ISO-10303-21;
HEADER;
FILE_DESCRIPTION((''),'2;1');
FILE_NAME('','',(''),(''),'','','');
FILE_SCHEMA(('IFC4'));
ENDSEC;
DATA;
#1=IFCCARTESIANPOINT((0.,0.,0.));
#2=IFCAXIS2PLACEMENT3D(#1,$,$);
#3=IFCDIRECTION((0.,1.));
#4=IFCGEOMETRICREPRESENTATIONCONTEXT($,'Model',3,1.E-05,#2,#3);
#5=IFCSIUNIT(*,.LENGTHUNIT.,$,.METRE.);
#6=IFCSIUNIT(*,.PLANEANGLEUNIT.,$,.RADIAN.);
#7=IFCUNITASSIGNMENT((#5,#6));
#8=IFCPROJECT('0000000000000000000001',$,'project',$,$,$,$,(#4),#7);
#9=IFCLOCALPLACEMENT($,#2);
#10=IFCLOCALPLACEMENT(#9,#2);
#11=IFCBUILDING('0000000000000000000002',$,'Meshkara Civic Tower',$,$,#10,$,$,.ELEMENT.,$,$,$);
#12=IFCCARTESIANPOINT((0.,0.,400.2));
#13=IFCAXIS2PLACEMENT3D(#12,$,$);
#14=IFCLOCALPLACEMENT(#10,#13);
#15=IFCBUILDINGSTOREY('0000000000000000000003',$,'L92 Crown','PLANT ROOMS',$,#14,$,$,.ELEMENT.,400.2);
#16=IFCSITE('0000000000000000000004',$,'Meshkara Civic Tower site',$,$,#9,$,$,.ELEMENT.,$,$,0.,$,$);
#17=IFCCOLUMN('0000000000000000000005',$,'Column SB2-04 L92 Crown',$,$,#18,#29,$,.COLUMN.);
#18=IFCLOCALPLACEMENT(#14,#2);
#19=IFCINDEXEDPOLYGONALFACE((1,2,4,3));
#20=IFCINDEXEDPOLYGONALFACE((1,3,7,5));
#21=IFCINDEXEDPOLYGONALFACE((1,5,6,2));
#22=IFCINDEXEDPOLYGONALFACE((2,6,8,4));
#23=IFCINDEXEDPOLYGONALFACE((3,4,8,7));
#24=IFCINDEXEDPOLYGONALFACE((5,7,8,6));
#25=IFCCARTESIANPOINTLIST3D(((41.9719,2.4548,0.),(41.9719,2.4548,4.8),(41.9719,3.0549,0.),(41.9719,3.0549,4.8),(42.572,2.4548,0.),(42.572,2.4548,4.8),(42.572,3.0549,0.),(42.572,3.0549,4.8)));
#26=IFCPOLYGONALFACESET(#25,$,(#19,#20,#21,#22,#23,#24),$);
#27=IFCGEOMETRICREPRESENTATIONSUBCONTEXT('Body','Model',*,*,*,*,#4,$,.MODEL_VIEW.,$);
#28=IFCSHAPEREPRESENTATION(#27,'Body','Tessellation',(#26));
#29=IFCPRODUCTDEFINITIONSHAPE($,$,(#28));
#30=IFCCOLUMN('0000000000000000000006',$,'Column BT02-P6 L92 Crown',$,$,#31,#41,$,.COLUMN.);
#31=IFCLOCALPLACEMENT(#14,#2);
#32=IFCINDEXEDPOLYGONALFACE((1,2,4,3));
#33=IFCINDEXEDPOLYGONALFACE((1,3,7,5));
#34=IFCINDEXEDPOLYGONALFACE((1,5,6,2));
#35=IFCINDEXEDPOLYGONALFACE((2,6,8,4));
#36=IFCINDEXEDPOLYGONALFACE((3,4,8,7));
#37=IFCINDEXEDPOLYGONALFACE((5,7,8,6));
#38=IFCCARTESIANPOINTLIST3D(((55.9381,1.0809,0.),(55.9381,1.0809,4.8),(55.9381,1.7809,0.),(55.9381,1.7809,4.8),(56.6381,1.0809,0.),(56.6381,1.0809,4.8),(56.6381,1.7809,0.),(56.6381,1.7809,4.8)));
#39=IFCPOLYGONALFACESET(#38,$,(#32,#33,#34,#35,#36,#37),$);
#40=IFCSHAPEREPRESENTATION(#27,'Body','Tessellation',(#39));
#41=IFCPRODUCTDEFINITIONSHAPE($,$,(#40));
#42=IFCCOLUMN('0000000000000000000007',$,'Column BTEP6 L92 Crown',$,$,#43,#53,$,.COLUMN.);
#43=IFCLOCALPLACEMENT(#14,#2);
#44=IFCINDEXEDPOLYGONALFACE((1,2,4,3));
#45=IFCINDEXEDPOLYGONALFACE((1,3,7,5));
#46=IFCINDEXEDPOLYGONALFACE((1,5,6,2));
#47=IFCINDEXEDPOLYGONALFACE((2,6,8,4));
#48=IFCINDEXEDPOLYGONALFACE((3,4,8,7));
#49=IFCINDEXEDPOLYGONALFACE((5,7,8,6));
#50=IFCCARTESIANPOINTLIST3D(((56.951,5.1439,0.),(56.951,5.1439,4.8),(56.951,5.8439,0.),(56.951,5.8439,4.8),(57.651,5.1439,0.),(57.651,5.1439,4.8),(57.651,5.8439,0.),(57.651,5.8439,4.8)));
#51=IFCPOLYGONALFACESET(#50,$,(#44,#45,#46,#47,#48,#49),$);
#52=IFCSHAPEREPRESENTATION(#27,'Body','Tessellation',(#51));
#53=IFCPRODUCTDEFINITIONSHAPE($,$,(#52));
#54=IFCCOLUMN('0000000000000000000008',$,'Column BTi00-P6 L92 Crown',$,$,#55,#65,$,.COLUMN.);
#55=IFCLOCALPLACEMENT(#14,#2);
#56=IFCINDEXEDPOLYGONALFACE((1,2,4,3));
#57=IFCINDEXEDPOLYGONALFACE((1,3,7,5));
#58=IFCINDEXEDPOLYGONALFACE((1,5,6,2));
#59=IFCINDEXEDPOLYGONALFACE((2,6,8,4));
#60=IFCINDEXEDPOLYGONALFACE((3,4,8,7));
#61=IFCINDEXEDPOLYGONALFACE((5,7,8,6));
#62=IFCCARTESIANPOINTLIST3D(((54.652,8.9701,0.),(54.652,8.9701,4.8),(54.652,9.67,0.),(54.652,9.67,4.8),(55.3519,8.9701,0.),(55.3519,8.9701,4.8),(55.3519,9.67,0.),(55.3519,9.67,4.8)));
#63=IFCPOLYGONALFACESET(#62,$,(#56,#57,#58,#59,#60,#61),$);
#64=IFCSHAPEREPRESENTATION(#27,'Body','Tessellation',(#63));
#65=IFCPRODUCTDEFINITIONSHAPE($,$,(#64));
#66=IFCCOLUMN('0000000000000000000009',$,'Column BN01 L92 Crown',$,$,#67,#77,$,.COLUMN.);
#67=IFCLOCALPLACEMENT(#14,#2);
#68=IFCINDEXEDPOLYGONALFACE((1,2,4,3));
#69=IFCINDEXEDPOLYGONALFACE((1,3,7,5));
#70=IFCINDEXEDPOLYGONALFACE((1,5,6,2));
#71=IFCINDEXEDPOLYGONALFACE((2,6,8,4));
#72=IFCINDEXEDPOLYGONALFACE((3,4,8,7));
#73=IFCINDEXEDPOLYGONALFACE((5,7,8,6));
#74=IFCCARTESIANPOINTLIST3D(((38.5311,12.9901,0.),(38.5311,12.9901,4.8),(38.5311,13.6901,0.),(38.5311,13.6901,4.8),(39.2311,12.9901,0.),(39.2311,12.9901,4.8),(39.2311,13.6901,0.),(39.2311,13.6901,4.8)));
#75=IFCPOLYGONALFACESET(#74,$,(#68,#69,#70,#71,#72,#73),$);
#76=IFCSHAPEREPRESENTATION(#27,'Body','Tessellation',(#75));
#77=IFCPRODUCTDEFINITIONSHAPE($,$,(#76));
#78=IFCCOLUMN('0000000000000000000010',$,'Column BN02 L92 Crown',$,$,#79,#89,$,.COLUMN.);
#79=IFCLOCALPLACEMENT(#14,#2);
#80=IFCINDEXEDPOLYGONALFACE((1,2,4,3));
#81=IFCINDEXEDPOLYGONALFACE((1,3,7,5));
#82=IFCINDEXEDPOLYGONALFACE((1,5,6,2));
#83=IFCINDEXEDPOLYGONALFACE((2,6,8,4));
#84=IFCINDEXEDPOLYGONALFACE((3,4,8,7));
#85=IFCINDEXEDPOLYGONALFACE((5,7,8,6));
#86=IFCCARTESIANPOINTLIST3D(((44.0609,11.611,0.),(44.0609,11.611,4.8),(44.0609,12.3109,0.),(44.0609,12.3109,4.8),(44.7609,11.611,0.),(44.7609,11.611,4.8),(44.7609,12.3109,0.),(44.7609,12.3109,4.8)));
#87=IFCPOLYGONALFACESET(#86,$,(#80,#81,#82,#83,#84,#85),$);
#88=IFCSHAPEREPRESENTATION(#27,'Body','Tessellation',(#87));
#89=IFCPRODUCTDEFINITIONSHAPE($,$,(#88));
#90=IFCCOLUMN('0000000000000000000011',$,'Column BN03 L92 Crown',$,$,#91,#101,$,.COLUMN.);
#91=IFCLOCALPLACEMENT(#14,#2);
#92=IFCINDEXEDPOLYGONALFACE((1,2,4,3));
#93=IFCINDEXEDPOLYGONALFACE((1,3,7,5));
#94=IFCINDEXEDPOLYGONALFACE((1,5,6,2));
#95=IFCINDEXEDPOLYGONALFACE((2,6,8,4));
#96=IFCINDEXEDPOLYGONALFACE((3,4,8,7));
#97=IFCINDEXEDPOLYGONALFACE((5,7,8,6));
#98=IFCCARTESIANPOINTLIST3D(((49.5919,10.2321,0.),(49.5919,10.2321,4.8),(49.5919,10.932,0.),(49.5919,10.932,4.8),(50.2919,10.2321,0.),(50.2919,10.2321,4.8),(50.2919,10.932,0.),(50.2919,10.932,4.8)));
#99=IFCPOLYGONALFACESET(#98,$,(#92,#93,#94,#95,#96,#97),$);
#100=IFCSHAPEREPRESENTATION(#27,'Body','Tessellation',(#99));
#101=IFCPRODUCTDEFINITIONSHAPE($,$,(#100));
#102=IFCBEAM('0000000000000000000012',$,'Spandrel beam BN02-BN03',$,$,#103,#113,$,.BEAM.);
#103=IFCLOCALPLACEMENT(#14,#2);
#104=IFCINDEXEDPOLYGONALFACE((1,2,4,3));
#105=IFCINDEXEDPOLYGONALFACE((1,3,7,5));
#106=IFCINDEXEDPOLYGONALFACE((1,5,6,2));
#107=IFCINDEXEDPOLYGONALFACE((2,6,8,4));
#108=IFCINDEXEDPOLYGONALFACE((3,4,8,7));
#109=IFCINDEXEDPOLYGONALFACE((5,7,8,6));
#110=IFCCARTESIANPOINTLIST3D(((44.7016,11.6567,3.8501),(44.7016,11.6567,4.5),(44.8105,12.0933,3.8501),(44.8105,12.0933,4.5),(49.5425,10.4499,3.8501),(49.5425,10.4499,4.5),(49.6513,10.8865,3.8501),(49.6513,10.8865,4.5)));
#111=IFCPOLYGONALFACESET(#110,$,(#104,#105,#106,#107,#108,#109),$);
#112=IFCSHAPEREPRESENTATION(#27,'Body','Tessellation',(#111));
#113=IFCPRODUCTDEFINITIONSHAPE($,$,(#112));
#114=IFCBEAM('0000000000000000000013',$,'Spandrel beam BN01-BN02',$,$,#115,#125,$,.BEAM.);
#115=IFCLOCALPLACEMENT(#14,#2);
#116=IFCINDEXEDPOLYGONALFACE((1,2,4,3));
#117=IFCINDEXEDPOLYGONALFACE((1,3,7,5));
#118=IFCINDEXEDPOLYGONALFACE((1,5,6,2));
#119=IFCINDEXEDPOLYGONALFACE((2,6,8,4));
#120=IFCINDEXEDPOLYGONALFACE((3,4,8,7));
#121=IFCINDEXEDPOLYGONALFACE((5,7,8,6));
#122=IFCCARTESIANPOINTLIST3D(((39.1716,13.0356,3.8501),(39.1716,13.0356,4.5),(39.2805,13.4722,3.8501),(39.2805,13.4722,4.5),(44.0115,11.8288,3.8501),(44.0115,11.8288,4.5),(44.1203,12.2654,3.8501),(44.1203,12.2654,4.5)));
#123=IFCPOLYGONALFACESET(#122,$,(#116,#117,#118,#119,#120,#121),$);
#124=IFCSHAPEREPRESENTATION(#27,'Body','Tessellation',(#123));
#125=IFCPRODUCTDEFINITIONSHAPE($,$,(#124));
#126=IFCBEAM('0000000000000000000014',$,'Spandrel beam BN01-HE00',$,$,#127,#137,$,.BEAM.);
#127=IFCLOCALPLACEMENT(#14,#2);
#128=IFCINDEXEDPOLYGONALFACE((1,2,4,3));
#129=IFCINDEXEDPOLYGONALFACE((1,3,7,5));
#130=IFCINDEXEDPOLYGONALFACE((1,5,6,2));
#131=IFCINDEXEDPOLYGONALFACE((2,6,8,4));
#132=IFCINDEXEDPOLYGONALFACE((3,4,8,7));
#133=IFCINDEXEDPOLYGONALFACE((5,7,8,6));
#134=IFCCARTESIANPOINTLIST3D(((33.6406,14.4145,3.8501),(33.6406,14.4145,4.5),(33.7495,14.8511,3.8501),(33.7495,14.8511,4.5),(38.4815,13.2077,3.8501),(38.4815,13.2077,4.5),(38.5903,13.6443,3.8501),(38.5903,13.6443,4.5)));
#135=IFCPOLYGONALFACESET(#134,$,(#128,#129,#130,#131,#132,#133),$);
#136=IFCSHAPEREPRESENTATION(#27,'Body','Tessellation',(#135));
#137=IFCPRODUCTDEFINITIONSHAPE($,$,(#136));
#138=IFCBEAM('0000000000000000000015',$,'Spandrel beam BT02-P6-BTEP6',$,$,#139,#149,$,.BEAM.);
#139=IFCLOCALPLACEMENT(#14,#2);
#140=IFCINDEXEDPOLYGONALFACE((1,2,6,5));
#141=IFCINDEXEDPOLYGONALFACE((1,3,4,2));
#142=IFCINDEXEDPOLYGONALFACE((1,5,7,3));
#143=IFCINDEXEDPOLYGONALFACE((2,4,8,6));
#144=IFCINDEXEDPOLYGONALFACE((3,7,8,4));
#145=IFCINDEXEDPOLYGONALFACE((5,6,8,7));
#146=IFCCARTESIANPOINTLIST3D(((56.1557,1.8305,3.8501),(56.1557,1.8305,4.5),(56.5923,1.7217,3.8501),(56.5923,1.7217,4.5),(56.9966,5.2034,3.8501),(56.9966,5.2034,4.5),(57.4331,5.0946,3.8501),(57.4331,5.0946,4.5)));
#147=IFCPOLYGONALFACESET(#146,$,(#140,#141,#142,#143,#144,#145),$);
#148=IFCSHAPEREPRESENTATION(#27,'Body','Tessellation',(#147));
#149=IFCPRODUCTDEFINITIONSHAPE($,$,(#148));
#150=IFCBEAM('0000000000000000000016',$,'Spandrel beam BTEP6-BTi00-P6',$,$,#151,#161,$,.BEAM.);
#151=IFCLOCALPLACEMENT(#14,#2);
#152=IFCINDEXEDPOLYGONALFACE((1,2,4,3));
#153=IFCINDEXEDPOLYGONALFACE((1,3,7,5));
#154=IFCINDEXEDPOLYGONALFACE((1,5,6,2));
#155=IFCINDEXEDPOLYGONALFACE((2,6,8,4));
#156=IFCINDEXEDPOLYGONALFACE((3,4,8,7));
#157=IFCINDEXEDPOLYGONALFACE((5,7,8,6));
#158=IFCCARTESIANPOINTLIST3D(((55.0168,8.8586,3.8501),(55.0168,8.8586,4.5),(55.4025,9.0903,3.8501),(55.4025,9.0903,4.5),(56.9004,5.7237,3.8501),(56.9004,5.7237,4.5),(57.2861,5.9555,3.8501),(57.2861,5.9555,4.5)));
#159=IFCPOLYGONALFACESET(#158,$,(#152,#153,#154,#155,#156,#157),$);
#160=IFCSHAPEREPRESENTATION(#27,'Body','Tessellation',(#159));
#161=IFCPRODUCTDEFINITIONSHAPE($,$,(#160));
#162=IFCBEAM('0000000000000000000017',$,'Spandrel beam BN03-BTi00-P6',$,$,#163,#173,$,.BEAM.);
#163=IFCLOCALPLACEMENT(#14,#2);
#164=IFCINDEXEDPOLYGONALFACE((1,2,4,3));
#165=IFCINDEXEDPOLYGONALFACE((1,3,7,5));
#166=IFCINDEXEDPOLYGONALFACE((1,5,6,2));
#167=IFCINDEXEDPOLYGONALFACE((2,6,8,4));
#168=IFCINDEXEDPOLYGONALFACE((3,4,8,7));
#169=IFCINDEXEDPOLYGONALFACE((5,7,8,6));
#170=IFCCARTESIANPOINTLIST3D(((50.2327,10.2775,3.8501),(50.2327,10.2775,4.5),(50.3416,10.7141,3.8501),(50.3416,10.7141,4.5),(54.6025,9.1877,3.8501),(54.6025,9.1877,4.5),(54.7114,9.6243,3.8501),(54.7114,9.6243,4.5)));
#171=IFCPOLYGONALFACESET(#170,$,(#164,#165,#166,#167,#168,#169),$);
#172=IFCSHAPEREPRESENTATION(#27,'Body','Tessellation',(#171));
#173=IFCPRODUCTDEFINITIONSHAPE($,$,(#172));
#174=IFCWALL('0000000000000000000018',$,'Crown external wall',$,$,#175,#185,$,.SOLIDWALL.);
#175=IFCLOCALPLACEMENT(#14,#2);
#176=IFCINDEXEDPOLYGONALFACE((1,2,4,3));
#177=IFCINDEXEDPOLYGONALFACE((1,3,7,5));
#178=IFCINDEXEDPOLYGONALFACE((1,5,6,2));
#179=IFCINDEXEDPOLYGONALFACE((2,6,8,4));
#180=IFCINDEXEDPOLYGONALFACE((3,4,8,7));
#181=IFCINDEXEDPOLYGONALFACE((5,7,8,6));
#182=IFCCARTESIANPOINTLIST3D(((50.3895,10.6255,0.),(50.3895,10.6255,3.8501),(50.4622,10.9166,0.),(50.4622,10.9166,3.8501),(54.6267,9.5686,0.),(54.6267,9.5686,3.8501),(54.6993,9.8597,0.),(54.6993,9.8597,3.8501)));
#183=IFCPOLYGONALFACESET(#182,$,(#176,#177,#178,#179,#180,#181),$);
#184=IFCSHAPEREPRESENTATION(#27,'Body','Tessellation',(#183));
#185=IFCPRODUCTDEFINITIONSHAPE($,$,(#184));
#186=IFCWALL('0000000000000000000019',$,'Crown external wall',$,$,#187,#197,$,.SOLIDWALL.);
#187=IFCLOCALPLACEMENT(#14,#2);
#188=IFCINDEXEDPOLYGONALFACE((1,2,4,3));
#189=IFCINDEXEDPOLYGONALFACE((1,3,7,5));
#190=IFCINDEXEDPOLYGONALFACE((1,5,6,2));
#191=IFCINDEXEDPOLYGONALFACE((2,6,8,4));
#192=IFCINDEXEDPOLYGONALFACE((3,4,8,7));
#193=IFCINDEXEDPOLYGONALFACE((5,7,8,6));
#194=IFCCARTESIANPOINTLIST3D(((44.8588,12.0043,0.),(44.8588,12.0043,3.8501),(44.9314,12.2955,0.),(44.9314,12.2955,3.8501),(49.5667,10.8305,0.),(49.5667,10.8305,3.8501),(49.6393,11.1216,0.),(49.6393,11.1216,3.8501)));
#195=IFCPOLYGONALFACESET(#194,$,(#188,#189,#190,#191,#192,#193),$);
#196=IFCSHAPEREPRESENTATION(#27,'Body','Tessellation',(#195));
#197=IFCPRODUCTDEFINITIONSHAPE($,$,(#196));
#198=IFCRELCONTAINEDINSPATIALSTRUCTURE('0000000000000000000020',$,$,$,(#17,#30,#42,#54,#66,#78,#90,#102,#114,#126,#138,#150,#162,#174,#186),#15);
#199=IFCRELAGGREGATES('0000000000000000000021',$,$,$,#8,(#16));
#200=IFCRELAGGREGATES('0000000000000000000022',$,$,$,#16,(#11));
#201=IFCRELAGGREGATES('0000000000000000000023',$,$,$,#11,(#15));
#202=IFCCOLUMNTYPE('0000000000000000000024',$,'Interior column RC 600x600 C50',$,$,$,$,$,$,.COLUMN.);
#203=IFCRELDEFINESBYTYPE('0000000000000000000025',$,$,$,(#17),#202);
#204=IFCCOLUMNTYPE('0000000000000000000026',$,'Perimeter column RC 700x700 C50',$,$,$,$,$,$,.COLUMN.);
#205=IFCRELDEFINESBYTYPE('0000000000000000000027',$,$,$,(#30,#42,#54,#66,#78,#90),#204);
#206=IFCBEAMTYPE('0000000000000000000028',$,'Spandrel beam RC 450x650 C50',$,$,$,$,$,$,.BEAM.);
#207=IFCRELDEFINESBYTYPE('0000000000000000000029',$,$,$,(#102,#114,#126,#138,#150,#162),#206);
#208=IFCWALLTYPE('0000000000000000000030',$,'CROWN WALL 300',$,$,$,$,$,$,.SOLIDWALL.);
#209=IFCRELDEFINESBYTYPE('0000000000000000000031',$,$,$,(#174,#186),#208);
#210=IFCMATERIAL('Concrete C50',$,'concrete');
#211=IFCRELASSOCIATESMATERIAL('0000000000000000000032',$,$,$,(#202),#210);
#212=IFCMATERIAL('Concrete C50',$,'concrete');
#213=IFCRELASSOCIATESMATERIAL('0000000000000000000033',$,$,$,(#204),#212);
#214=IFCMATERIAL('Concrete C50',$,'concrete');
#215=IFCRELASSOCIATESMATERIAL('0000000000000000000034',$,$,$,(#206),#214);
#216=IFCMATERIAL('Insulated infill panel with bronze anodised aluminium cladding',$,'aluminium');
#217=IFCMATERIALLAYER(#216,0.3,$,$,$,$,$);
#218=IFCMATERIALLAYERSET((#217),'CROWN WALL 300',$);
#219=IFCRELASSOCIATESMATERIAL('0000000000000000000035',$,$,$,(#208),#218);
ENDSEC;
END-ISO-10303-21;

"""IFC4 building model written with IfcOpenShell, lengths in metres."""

from ifc_helpers import new_model, si_unit, direction, frame, frame_2d, origin, origin_2d, place, context, subcontext, project, spatial, rectangle, extrude, material, layer, layer_set, material_profile, profile_set, type_object, element, save


model = new_model("IFC4")

# Units and contexts
model_context = context("Model", 3, precision=1e-05, world=origin(), true_north=direction((0.0, 1.0)))
body_context = subcontext(model_context, "Body", "Model", "MODEL_VIEW")
ifc_project = project(units=[si_unit("LENGTHUNIT", "METRE"), si_unit("PLANEANGLEUNIT", "RADIAN")], contexts=[model_context])

# Site, building, storey
site_placement = place(None, origin())
site = spatial("IfcSite", under=ifc_project, at=site_placement, Name="Meshkara Civic Tower site", CompositionType="ELEMENT", RefElevation=0.0)
building_placement = place(site_placement, origin())
building = spatial("IfcBuilding", under=site, at=building_placement, Name="Meshkara Civic Tower", CompositionType="ELEMENT")
storey_placement = place(building_placement, frame((0.0, 0.0, 400.2)))
storey = spatial("IfcBuildingStorey", under=building, at=storey_placement, Name="L92 Crown", Description="PLANT ROOMS", CompositionType="ELEMENT", Elevation=400.2)

# Columns
ifc_material_1 = material(Name="Concrete C50", Category="concrete")
ifc_material_profile_1 = material_profile(ifc_material_1, rectangle(XDim=0.6001, YDim=0.6001, at=origin_2d()))
ifc_profile_set_1 = profile_set([ifc_material_profile_1], Name="Concrete C50")
column_type_1 = type_object("IfcColumnType", Name="Interior column RC 600x600 C50", PredefinedType="COLUMN", material=ifc_profile_set_1)
column_placement = place(storey_placement, frame((42.272, 2.7549, 0.0), z_axis=(0.0, 0.0, 1.0), x_axis=(1.0, 0.0, 0.0)))
element("IfcColumn", 1, at=column_placement, inside=storey, type_object=column_type_1, Name="Column SB2-04 L92 Crown", PredefinedType="COLUMN", context=body_context, shape_type="SweptSolid", body=[
    extrude(rectangle(XDim=0.6001, YDim=0.6001, at=origin_2d()), origin(), (0.0, 0.0, 1.0), 4.8),
])
ifc_material_2 = material(Name="Concrete C50", Category="concrete")
ifc_material_profile_2 = material_profile(ifc_material_2, rectangle(XDim=0.7, YDim=0.7, at=origin_2d()))
ifc_profile_set_2 = profile_set([ifc_material_profile_2], Name="Concrete C50")
column_type_2 = type_object("IfcColumnType", Name="Perimeter column RC 700x700 C50", PredefinedType="COLUMN", material=ifc_profile_set_2)
for number, where, z_axis, x_axis, name in (
    (2, (56.2881, 1.4309, 0.0), (0.0, 0.0, 1.0), (1.0, 0.0, 0.0), "Column BT02-P6 L92 Crown"),
    (3, (57.301, 5.4939, 0.0), (0.0, 0.0, 1.0), (1.0, 0.0, 0.0), "Column BTEP6 L92 Crown"),
    (4, (55.002, 9.3201, 0.0), (0.0, 0.0, 1.0), (1.0, 0.0, 0.0), "Column BTi00-P6 L92 Crown"),
    (5, (38.8811, 13.3401, 0.0), (0.0, 0.0, 1.0), (1.0, 0.0, 0.0), "Column BN01 L92 Crown"),
    (6, (44.4109, 11.9609, 0.0), (0.0, 0.0, 1.0), (1.0, 0.0, 0.0), "Column BN02 L92 Crown"),
    (7, (49.9419, 10.582, 0.0), (0.0, 0.0, 1.0), (1.0, 0.0, 0.0), "Column BN03 L92 Crown"),
):
    element("IfcColumn", number, at=place(storey_placement, frame(where, z_axis=z_axis, x_axis=x_axis)), inside=storey, type_object=column_type_2, Name=name, PredefinedType="COLUMN", context=body_context, shape_type="SweptSolid", body=[
        extrude(rectangle(XDim=0.7, YDim=0.7, at=origin_2d()), origin(), (0.0, 0.0, 1.0), 4.8),
    ])

# Beams
ifc_material_3 = material(Name="Concrete C50", Category="concrete")
ifc_material_profile_3 = material_profile(ifc_material_3, rectangle(XDim=0.45, YDim=0.6499, at=origin_2d()))
ifc_profile_set_3 = profile_set([ifc_material_profile_3], Name="Concrete C50")
beam_type = type_object("IfcBeamType", Name="Spandrel beam RC 450x650 C50", PredefinedType="BEAM", material=ifc_profile_set_3)
beam_1_placement = place(storey_placement, frame((49.5969, 10.6682, 4.175), z_axis=(-0.970303, 0.241891, 0.0), x_axis=(-0.241891, -0.970303, 0.0)))
element("IfcBeam", 8, at=beam_1_placement, inside=storey, type_object=beam_type, Name="Spandrel beam BN02-BN03", PredefinedType="BEAM", context=body_context, shape_type="SweptSolid", body=[
    extrude(rectangle(XDim=0.45, YDim=0.6499, at=origin_2d()), origin(), (0.0, 0.0, 1.0), 4.989),
])
beam_2_placement = place(storey_placement, frame((44.0659, 12.0471, 4.175), z_axis=(-0.970292, 0.241937, 0.0), x_axis=(-0.241937, -0.970292, 0.0)))
element("IfcBeam", 9, at=beam_2_placement, inside=storey, type_object=beam_type, Name="Spandrel beam BN01-BN02", PredefinedType="BEAM", context=body_context, shape_type="SweptSolid", body=[
    extrude(rectangle(XDim=0.45, YDim=0.6499, at=origin_2d()), origin(), (0.0, 0.0, 1.0), 4.988),
])
beam_3_placement = place(storey_placement, frame((38.5359, 13.426, 4.175), z_axis=(-0.970303, 0.241891, 0.0), x_axis=(-0.241891, -0.970303, 0.0)))
element("IfcBeam", 10, at=beam_3_placement, inside=storey, type_object=beam_type, Name="Spandrel beam BN01-HE00", PredefinedType="BEAM", context=body_context, shape_type="SweptSolid", body=[
    extrude(rectangle(XDim=0.45, YDim=0.6499, at=origin_2d()), origin(), (0.0, 0.0, 1.0), 4.989),
])
beam_4_placement = place(storey_placement, frame((56.374, 1.7761, 4.175), z_axis=(0.241891, 0.970303, 0.0), x_axis=(-0.970303, 0.241891, 0.0)))
element("IfcBeam", 11, at=beam_4_placement, inside=storey, type_object=beam_type, Name="Spandrel beam BT02-P6-BTEP6", PredefinedType="BEAM", context=body_context, shape_type="SweptSolid", body=[
    extrude(rectangle(XDim=0.45, YDim=0.6499, at=origin_2d()), origin(), (0.0, 0.0, 1.0), 3.4761),
])
beam_5_placement = place(storey_placement, frame((57.0933, 5.8396, 4.175), z_axis=(-0.515036, 0.857169, 0.0), x_axis=(-0.857169, -0.515036, 0.0)))
element("IfcBeam", 12, at=beam_5_placement, inside=storey, type_object=beam_type, Name="Spandrel beam BTEP6-BTi00-P6", PredefinedType="BEAM", context=body_context, shape_type="SweptSolid", body=[
    extrude(rectangle(XDim=0.45, YDim=0.6499, at=origin_2d()), origin(), (0.0, 0.0, 1.0), 3.6572),
])
beam_6_placement = place(storey_placement, frame((54.657, 9.406, 4.175), z_axis=(-0.970279, 0.241987, 0.0), x_axis=(-0.241987, -0.970279, 0.0)))
element("IfcBeam", 13, at=beam_6_placement, inside=storey, type_object=beam_type, Name="Spandrel beam BN03-BTi00-P6", PredefinedType="BEAM", context=body_context, shape_type="SweptSolid", body=[
    extrude(rectangle(XDim=0.45, YDim=0.6499, at=origin_2d()), origin(), (0.0, 0.0, 1.0), 4.5037),
])

# Walls
ifc_material_4 = material(Name="Insulated infill panel with bronze anodised aluminium cladding", Category="aluminium")
ifc_layer_1 = layer(ifc_material_4, 0.3)
ifc_layer_set_1 = layer_set([ifc_layer_1], Name="CROWN WALL 300")
wall_type_1 = type_object("IfcWallType", Name="CROWN WALL 300", PredefinedType="SOLIDWALL", material=ifc_layer_set_1)
wall_1_placement = place(storey_placement, frame((54.6631, 9.7141, 0.0), z_axis=(0.0, 0.0, 1.0), x_axis=(-0.970271, 0.242023, 0.0)))
element("IfcWall", 14, at=wall_1_placement, inside=storey, type_object=wall_type_1, Name="Crown external wall", PredefinedType="SOLIDWALL", context=body_context, shape_type="SweptSolid", body=[
    extrude(rectangle(XDim=4.3669, YDim=0.3, at=frame_2d((2.1836, 0.0))), origin(), (0.0, 0.0, 1.0), 3.8501),
])
wall_2_placement = place(storey_placement, frame((49.603, 10.9761, 0.0), z_axis=(0.0, 0.0, 1.0), x_axis=(-0.970296, 0.24192, 0.0)))
element("IfcWall", 15, at=wall_2_placement, inside=storey, type_object=wall_type_1, Name="Crown external wall", PredefinedType="SOLIDWALL", context=body_context, shape_type="SweptSolid", body=[
    extrude(rectangle(XDim=4.8521, YDim=0.3, at=frame_2d((2.426, 0.0))), origin(), (0.0, 0.0, 1.0), 3.8501),
])

save(model, "model.ifc")
